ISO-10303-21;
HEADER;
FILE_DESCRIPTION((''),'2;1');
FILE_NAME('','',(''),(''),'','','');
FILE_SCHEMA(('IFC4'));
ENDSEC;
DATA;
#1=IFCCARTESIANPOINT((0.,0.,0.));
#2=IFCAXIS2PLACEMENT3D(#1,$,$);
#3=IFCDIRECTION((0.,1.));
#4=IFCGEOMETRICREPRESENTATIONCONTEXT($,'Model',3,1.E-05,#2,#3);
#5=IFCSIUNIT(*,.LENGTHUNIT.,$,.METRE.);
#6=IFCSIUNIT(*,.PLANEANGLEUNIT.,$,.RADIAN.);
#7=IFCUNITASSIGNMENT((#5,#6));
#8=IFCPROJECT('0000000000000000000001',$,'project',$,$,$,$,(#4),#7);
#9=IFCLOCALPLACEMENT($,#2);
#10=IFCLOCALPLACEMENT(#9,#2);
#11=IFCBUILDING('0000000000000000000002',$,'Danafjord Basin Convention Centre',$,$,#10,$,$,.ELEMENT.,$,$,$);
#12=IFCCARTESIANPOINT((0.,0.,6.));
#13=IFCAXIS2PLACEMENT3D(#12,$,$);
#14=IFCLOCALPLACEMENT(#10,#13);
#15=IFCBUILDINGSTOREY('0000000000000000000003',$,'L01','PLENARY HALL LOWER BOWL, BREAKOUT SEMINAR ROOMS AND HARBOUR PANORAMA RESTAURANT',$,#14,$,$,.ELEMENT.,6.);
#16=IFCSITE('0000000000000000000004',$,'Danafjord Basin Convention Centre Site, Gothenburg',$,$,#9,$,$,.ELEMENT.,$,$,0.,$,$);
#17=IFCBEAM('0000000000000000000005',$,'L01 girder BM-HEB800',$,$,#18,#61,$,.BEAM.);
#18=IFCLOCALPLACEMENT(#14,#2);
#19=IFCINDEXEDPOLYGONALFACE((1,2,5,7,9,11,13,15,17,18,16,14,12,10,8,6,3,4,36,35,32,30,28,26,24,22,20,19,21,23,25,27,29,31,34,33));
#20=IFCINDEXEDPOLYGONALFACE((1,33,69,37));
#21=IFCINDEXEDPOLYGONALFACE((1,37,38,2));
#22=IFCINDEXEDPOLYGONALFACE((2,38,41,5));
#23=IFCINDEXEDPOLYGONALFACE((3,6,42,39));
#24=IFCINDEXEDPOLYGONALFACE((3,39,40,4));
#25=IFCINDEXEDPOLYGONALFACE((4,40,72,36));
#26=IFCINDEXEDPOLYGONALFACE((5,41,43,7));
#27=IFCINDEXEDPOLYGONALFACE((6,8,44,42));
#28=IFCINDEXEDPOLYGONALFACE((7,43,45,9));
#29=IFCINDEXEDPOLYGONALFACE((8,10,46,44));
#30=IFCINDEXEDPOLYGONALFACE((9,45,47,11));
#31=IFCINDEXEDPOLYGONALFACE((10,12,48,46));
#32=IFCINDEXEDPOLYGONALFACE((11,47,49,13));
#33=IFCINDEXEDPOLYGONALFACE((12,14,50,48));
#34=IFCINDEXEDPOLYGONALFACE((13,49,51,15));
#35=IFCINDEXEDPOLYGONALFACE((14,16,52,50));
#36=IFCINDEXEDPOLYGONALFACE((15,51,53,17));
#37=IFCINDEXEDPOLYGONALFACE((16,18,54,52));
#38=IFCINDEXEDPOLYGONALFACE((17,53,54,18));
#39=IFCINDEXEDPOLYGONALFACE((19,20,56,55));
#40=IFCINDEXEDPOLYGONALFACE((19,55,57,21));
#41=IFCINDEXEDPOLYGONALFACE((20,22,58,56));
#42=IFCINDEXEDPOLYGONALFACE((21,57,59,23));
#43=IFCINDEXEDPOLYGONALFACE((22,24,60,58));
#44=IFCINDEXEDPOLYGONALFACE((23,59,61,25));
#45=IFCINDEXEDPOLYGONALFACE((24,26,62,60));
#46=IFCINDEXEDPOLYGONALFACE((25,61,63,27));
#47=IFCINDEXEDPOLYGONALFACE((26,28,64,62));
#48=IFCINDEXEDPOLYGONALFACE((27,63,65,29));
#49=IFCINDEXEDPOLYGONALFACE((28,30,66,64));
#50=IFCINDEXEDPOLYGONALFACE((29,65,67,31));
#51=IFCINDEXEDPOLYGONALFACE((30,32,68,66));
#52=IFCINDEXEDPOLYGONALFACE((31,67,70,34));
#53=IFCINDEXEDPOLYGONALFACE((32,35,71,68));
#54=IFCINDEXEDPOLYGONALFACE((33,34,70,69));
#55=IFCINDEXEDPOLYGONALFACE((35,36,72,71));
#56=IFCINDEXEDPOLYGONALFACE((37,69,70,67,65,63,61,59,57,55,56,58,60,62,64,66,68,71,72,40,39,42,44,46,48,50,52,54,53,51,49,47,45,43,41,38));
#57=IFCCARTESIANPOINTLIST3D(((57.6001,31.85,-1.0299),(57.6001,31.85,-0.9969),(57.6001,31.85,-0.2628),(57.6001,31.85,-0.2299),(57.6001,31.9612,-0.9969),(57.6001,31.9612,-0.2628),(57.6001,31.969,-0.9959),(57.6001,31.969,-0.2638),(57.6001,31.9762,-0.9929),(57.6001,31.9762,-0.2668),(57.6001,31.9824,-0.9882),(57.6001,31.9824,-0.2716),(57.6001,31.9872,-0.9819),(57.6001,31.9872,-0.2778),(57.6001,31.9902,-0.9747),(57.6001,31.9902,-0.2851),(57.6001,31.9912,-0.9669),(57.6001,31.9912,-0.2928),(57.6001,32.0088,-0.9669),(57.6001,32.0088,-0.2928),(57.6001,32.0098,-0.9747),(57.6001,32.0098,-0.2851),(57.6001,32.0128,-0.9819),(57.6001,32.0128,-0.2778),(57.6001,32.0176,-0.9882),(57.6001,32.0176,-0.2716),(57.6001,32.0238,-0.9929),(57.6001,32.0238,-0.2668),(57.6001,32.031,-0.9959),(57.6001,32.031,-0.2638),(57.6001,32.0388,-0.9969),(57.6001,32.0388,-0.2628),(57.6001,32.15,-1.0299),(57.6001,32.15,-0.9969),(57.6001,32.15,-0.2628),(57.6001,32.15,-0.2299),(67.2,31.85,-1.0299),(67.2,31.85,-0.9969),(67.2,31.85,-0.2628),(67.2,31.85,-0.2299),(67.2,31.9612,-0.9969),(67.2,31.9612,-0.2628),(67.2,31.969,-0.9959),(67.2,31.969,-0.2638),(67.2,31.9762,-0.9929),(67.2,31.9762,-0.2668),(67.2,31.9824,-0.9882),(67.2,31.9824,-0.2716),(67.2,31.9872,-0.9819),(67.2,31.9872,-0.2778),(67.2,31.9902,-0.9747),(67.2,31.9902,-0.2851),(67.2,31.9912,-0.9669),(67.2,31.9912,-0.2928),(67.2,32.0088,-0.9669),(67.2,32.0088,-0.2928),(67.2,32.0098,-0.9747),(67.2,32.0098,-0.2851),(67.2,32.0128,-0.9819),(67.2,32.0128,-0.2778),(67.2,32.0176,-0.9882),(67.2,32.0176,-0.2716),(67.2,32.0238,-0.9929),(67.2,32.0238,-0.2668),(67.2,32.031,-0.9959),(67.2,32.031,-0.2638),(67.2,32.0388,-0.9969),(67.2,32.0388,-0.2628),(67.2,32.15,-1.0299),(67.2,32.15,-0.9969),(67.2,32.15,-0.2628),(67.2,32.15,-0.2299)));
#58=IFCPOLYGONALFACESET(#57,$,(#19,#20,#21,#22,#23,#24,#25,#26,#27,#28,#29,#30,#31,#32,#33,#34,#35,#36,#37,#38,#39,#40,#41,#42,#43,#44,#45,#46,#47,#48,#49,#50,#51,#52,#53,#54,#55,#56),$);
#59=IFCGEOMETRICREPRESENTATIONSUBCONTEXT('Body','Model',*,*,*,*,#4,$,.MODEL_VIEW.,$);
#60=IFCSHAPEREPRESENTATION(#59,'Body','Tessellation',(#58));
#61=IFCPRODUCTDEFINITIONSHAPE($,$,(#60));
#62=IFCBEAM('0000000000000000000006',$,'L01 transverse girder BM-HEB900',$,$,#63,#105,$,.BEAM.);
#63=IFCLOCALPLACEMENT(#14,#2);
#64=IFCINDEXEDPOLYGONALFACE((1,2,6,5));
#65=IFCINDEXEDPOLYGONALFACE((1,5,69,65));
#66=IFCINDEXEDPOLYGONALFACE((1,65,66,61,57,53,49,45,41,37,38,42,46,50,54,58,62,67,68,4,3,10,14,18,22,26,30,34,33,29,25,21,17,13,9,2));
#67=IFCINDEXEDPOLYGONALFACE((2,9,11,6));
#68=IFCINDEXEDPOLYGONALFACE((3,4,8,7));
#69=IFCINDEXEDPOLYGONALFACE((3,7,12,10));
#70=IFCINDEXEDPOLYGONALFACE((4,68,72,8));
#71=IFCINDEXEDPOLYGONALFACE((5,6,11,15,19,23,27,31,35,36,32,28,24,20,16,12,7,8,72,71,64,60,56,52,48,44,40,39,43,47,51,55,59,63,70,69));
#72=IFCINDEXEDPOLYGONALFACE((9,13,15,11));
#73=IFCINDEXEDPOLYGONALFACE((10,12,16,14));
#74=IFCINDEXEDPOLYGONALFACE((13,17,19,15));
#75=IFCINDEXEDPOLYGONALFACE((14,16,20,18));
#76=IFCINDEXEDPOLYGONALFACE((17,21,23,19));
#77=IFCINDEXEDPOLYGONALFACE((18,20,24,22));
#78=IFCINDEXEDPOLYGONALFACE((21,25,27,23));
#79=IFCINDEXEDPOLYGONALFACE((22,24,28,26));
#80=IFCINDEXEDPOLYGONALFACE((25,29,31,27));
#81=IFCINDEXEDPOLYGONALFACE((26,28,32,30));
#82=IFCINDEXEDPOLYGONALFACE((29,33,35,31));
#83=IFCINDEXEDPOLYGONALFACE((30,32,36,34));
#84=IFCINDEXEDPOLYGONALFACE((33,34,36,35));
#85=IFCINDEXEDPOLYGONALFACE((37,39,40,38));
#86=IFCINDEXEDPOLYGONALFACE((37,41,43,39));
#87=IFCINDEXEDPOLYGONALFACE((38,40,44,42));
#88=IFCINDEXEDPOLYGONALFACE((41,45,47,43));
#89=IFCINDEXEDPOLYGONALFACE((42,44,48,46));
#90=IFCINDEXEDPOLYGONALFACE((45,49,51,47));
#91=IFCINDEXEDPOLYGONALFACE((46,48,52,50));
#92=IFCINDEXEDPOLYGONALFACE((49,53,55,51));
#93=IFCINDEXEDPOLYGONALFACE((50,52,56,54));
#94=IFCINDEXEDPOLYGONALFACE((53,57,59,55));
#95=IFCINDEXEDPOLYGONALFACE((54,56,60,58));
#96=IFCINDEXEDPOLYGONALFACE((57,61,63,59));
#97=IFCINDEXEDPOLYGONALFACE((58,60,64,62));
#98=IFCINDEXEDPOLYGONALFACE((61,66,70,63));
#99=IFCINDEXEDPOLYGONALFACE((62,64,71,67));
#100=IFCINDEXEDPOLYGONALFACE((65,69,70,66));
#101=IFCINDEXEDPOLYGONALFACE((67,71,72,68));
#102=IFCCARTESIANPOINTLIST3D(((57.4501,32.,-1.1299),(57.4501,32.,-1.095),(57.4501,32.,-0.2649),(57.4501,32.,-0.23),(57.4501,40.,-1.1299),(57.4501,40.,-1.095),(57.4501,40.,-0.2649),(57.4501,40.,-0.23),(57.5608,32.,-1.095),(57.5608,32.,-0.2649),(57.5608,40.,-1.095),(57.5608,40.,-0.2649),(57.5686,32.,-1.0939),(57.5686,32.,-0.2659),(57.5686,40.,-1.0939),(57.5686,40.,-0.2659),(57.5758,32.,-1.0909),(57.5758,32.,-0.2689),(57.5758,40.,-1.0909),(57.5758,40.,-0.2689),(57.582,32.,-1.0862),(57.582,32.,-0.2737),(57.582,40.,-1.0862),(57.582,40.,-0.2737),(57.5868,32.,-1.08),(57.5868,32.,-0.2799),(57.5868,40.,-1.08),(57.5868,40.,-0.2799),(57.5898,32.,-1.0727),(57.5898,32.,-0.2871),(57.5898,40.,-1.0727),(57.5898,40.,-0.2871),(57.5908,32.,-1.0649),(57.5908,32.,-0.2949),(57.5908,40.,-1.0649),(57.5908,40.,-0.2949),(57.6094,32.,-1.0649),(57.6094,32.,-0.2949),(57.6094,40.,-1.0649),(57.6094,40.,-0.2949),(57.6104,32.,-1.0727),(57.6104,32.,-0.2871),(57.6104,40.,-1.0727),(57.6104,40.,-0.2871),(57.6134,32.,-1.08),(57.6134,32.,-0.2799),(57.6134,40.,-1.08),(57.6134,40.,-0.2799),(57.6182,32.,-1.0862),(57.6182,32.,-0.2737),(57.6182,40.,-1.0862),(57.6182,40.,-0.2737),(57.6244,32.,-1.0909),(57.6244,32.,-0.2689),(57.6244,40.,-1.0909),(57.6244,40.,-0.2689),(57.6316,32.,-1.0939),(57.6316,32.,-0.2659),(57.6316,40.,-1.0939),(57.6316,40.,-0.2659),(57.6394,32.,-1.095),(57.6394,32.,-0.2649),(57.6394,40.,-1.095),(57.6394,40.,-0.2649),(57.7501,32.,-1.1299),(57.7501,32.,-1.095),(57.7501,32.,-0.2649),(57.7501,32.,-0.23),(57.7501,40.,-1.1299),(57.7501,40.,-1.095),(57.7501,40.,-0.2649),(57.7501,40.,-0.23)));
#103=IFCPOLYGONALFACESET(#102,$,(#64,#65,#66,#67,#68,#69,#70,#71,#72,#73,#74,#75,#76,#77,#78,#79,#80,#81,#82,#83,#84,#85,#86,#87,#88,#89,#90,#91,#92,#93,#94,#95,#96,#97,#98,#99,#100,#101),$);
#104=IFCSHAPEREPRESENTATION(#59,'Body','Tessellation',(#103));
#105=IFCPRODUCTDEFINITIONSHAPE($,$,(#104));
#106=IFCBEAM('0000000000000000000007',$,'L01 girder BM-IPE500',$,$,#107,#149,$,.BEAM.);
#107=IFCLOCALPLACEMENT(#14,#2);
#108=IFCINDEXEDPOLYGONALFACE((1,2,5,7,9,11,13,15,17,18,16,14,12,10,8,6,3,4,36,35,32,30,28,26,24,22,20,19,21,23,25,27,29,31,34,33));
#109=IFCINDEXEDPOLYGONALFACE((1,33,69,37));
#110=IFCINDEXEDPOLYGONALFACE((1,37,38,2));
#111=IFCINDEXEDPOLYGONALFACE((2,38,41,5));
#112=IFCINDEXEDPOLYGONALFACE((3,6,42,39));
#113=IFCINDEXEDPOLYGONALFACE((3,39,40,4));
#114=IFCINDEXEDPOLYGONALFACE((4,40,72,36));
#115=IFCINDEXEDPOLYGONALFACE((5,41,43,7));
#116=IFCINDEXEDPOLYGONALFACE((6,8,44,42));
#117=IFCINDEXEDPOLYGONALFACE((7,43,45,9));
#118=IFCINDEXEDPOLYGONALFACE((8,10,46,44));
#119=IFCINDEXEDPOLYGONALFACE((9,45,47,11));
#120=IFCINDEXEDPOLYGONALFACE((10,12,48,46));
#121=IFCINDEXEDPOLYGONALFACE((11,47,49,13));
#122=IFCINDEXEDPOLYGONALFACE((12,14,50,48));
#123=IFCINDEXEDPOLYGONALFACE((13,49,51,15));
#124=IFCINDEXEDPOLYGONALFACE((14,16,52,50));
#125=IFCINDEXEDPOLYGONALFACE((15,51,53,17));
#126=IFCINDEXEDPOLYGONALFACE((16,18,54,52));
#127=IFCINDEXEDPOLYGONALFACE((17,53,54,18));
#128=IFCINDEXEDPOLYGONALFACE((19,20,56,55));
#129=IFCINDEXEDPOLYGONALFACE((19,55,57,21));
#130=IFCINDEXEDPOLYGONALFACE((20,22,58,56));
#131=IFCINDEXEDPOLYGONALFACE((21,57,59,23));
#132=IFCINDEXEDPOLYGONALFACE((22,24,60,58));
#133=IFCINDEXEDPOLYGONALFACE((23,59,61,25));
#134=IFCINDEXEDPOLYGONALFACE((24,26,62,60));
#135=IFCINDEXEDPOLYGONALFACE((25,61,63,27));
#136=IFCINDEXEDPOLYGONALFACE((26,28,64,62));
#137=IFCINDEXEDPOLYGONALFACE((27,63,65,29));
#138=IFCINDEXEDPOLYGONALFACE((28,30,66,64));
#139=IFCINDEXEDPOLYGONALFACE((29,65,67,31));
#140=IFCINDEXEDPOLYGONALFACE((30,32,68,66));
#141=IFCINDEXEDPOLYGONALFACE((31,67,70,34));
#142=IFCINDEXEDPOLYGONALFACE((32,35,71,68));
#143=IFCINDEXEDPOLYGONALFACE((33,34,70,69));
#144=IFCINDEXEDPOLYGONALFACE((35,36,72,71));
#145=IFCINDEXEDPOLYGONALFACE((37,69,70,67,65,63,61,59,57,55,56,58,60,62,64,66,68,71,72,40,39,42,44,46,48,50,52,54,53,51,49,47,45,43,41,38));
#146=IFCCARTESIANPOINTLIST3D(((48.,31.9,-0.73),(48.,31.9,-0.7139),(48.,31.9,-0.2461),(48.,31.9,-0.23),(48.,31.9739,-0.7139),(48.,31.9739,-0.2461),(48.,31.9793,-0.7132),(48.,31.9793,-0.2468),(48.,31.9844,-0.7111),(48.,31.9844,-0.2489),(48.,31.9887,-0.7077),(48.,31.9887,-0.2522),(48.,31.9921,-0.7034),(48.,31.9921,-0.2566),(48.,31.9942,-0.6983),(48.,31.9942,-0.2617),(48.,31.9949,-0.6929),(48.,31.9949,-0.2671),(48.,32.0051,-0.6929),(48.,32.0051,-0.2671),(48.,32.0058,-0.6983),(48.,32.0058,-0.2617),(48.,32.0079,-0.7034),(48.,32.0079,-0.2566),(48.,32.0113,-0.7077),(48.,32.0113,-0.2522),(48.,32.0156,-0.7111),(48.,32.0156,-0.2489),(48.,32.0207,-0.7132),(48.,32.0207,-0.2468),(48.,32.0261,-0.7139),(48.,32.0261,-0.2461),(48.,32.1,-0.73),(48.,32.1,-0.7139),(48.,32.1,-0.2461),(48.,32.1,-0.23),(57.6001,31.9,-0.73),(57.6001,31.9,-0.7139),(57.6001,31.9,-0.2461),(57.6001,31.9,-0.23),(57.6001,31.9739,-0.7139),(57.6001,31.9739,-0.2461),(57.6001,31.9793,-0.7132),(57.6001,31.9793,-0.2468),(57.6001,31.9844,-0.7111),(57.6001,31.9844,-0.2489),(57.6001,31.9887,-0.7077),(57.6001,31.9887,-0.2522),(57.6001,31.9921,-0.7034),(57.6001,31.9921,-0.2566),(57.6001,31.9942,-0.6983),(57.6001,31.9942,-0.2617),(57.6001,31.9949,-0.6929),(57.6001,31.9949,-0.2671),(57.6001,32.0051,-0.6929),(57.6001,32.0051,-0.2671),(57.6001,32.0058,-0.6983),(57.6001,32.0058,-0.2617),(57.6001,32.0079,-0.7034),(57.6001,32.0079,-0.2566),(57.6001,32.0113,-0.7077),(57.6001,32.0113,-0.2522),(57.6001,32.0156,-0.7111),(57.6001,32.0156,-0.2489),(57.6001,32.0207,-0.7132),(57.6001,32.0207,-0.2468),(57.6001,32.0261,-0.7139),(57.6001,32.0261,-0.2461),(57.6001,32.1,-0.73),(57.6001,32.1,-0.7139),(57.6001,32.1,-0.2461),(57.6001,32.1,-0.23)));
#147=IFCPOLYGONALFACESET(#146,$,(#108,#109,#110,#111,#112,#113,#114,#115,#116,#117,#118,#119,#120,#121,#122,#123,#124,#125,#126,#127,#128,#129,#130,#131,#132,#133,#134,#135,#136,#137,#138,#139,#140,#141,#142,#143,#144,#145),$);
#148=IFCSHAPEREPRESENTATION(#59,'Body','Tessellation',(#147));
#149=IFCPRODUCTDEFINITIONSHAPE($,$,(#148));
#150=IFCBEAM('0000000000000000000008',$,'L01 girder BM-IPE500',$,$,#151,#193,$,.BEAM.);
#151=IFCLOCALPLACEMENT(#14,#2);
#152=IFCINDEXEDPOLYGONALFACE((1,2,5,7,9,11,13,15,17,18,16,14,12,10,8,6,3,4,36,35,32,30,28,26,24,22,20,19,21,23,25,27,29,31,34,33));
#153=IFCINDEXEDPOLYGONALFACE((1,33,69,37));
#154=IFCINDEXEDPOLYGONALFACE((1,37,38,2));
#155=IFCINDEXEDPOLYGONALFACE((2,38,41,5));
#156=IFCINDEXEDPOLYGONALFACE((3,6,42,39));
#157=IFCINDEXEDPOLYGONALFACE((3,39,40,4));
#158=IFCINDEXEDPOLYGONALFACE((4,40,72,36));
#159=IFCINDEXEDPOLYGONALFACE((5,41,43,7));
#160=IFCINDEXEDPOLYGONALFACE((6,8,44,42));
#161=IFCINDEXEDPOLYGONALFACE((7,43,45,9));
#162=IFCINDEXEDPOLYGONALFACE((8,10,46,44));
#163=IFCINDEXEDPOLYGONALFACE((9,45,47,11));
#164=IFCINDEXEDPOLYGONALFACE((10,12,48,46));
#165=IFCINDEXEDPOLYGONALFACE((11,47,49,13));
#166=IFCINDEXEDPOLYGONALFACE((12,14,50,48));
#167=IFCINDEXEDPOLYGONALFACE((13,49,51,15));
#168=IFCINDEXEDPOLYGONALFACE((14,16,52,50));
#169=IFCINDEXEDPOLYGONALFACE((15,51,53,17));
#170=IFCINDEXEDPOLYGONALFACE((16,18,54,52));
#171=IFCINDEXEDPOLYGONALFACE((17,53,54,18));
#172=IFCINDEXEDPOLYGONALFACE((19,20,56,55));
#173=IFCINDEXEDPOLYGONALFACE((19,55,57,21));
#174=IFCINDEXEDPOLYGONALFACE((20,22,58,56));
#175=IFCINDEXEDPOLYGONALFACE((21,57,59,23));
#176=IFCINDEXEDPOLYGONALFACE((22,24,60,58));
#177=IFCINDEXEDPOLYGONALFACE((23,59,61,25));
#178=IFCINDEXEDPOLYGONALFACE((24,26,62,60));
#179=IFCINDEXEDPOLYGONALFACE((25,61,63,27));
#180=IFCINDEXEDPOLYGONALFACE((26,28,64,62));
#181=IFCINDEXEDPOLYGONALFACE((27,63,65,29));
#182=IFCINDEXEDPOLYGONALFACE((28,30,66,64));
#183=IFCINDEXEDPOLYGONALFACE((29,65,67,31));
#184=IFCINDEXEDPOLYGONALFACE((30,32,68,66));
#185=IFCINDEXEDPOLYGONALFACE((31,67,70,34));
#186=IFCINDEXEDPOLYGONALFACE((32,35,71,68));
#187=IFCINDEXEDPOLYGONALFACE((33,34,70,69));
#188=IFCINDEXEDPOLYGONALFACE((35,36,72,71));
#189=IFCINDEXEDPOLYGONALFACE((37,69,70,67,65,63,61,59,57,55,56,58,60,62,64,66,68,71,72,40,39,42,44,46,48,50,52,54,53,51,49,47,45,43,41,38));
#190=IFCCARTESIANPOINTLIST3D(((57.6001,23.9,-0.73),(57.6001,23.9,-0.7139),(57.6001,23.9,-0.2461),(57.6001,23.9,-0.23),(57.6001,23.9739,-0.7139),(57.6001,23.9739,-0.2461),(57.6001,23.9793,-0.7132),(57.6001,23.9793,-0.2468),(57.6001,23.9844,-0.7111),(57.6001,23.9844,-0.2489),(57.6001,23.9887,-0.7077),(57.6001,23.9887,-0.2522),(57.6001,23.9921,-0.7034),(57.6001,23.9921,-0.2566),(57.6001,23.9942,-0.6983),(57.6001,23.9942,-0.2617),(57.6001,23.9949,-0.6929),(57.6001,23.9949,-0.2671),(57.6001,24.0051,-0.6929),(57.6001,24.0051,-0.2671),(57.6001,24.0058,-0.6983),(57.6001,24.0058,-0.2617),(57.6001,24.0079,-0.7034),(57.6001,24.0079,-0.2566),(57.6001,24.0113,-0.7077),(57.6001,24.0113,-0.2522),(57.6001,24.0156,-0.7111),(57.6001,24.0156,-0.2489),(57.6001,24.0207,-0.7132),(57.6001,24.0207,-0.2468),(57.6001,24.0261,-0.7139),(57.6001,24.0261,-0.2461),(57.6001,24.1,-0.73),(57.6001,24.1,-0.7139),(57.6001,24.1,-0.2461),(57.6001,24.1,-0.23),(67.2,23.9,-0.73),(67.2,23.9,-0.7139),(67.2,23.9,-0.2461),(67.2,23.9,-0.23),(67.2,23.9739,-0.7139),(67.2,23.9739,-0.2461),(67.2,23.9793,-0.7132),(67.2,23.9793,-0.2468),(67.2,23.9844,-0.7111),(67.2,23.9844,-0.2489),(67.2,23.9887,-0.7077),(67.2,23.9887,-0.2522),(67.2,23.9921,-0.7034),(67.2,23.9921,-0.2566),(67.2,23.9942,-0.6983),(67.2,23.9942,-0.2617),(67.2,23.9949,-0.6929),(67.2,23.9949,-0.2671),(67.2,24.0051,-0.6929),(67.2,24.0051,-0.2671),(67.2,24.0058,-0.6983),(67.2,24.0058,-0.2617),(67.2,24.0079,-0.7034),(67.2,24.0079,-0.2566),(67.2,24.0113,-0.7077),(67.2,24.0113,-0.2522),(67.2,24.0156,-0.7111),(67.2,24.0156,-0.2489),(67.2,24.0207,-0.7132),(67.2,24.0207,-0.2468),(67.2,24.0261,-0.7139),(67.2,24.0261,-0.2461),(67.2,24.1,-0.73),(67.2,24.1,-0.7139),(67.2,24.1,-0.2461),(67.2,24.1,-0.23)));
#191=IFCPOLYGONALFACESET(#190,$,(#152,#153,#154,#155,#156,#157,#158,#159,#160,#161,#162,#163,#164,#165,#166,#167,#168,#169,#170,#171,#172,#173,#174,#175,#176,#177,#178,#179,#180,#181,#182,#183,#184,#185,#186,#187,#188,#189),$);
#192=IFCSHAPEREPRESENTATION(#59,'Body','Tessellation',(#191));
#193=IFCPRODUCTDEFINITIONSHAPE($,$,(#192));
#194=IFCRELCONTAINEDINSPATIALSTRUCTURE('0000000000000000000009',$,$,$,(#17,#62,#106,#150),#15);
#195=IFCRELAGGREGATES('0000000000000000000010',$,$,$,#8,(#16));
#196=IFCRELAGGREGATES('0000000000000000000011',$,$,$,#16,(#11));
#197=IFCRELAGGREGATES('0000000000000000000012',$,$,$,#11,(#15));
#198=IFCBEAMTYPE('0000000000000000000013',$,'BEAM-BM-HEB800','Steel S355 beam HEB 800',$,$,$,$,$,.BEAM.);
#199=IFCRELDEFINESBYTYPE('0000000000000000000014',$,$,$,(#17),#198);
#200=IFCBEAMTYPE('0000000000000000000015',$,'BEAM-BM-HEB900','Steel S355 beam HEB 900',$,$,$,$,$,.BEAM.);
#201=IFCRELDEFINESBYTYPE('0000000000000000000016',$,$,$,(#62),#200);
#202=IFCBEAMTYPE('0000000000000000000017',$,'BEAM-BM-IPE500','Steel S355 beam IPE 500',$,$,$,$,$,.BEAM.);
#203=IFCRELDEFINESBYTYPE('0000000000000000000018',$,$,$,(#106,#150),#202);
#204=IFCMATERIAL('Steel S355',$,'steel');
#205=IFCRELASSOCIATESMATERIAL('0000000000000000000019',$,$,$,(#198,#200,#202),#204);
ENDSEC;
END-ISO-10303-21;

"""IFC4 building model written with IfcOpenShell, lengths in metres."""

from ifc_helpers import new_model, si_unit, direction, frame, origin, origin_2d, place, context, subcontext, project, spatial, i_section, extrude, material, material_profile, profile_set, type_object, element, save


model = new_model("IFC4")

# Units and contexts
model_context = context("Model", 3, precision=1e-05, world=origin(), true_north=direction((0.0, 1.0)))
body_context = subcontext(model_context, "Body", "Model", "MODEL_VIEW")
ifc_project = project(units=[si_unit("LENGTHUNIT", "METRE"), si_unit("PLANEANGLEUNIT", "RADIAN")], contexts=[model_context])

# Site, building, storey
site_placement = place(None, origin())
site = spatial("IfcSite", under=ifc_project, at=site_placement, Name="Danafjord Basin Convention Centre Site, Gothenburg", CompositionType="ELEMENT", RefElevation=0.0)
building_placement = place(site_placement, origin())
building = spatial("IfcBuilding", under=site, at=building_placement, Name="Danafjord Basin Convention Centre", CompositionType="ELEMENT")
storey_placement = place(building_placement, frame((0.0, 0.0, 6.0)))
storey = spatial("IfcBuildingStorey", under=building, at=storey_placement, Name="L01", Description="PLENARY HALL LOWER BOWL, BREAKOUT SEMINAR ROOMS AND HARBOUR PANORAMA RESTAURANT", CompositionType="ELEMENT", Elevation=6.0)

# Shared definitions
ifc_material_1 = material(Name="Steel S355", Category="steel")

# Beams
ifc_material_profile_1 = material_profile(ifc_material_1, i_section(OverallWidth=0.3, OverallDepth=0.8, WebThickness=0.0176, FlangeThickness=0.033, FilletRadius=0.03, at=origin_2d()), Name="HEB 800")
ifc_profile_set_1 = profile_set([ifc_material_profile_1], Name="Steel S355")
beam_type_1 = type_object("IfcBeamType", Name="BEAM-BM-HEB800", Description="Steel S355 beam HEB 800", PredefinedType="BEAM", material=ifc_profile_set_1)
beam_1_placement = place(storey_placement, frame((57.6001, 32.0, -0.6299), z_axis=(1.0, 0.0, 0.0), x_axis=(0.0, 1.0, 0.0)))
element("IfcBeam", 1, at=beam_1_placement, inside=storey, type_object=beam_type_1, Name="L01 girder BM-HEB800", PredefinedType="BEAM", context=body_context, shape_type="SweptSolid", body=[
    extrude(i_section(OverallWidth=0.3, OverallDepth=0.8, WebThickness=0.0176, FlangeThickness=0.033, FilletRadius=0.03, at=origin_2d()), origin(), (0.0, 0.0, 1.0), 9.5999),
])
ifc_material_profile_2 = material_profile(ifc_material_1, i_section(OverallWidth=0.3, OverallDepth=0.8999, WebThickness=0.0186, FlangeThickness=0.0349, FilletRadius=0.03, at=origin_2d()), Name="HEB 900")
ifc_profile_set_2 = profile_set([ifc_material_profile_2], Name="Steel S355")
beam_type_2 = type_object("IfcBeamType", Name="BEAM-BM-HEB900", Description="Steel S355 beam HEB 900", PredefinedType="BEAM", material=ifc_profile_set_2)
beam_2_placement = place(storey_placement, frame((57.6001, 32.0, -0.6799), z_axis=(0.0, 1.0, 0.0), x_axis=(-1.0, 0.0, 0.0)))
element("IfcBeam", 2, at=beam_2_placement, inside=storey, type_object=beam_type_2, Name="L01 transverse girder BM-HEB900", PredefinedType="BEAM", context=body_context, shape_type="SweptSolid", body=[
    extrude(i_section(OverallWidth=0.3, OverallDepth=0.8999, WebThickness=0.0186, FlangeThickness=0.0349, FilletRadius=0.03, at=origin_2d()), origin(), (0.0, 0.0, 1.0), 8.0),
])
ifc_material_profile_3 = material_profile(ifc_material_1, i_section(OverallWidth=0.2, OverallDepth=0.5, WebThickness=0.0103, FlangeThickness=0.0161, FilletRadius=0.021, at=origin_2d()), Name="IPE 500")
ifc_profile_set_3 = profile_set([ifc_material_profile_3], Name="Steel S355")
beam_type_3 = type_object("IfcBeamType", Name="BEAM-BM-IPE500", Description="Steel S355 beam IPE 500", PredefinedType="BEAM", material=ifc_profile_set_3)
beam_3_placement = place(storey_placement, frame((48.0, 32.0, -0.48), z_axis=(1.0, 0.0, 0.0), x_axis=(0.0, 1.0, 0.0)))
element("IfcBeam", 3, at=beam_3_placement, inside=storey, type_object=beam_type_3, Name="L01 girder BM-IPE500", PredefinedType="BEAM", context=body_context, shape_type="SweptSolid", body=[
    extrude(i_section(OverallWidth=0.2, OverallDepth=0.5, WebThickness=0.0103, FlangeThickness=0.0161, FilletRadius=0.021, at=origin_2d()), origin(), (0.0, 0.0, 1.0), 9.6001),
])
beam_4_placement = place(storey_placement, frame((57.6001, 24.0, -0.48), z_axis=(1.0, 0.0, 0.0), x_axis=(0.0, 1.0, 0.0)))
element("IfcBeam", 4, at=beam_4_placement, inside=storey, type_object=beam_type_3, Name="L01 girder BM-IPE500", PredefinedType="BEAM", context=body_context, shape_type="SweptSolid", body=[
    extrude(i_section(OverallWidth=0.2, OverallDepth=0.5, WebThickness=0.0103, FlangeThickness=0.0161, FilletRadius=0.021, at=origin_2d()), origin(), (0.0, 0.0, 1.0), 9.5999),
])

save(model, "model.ifc")
